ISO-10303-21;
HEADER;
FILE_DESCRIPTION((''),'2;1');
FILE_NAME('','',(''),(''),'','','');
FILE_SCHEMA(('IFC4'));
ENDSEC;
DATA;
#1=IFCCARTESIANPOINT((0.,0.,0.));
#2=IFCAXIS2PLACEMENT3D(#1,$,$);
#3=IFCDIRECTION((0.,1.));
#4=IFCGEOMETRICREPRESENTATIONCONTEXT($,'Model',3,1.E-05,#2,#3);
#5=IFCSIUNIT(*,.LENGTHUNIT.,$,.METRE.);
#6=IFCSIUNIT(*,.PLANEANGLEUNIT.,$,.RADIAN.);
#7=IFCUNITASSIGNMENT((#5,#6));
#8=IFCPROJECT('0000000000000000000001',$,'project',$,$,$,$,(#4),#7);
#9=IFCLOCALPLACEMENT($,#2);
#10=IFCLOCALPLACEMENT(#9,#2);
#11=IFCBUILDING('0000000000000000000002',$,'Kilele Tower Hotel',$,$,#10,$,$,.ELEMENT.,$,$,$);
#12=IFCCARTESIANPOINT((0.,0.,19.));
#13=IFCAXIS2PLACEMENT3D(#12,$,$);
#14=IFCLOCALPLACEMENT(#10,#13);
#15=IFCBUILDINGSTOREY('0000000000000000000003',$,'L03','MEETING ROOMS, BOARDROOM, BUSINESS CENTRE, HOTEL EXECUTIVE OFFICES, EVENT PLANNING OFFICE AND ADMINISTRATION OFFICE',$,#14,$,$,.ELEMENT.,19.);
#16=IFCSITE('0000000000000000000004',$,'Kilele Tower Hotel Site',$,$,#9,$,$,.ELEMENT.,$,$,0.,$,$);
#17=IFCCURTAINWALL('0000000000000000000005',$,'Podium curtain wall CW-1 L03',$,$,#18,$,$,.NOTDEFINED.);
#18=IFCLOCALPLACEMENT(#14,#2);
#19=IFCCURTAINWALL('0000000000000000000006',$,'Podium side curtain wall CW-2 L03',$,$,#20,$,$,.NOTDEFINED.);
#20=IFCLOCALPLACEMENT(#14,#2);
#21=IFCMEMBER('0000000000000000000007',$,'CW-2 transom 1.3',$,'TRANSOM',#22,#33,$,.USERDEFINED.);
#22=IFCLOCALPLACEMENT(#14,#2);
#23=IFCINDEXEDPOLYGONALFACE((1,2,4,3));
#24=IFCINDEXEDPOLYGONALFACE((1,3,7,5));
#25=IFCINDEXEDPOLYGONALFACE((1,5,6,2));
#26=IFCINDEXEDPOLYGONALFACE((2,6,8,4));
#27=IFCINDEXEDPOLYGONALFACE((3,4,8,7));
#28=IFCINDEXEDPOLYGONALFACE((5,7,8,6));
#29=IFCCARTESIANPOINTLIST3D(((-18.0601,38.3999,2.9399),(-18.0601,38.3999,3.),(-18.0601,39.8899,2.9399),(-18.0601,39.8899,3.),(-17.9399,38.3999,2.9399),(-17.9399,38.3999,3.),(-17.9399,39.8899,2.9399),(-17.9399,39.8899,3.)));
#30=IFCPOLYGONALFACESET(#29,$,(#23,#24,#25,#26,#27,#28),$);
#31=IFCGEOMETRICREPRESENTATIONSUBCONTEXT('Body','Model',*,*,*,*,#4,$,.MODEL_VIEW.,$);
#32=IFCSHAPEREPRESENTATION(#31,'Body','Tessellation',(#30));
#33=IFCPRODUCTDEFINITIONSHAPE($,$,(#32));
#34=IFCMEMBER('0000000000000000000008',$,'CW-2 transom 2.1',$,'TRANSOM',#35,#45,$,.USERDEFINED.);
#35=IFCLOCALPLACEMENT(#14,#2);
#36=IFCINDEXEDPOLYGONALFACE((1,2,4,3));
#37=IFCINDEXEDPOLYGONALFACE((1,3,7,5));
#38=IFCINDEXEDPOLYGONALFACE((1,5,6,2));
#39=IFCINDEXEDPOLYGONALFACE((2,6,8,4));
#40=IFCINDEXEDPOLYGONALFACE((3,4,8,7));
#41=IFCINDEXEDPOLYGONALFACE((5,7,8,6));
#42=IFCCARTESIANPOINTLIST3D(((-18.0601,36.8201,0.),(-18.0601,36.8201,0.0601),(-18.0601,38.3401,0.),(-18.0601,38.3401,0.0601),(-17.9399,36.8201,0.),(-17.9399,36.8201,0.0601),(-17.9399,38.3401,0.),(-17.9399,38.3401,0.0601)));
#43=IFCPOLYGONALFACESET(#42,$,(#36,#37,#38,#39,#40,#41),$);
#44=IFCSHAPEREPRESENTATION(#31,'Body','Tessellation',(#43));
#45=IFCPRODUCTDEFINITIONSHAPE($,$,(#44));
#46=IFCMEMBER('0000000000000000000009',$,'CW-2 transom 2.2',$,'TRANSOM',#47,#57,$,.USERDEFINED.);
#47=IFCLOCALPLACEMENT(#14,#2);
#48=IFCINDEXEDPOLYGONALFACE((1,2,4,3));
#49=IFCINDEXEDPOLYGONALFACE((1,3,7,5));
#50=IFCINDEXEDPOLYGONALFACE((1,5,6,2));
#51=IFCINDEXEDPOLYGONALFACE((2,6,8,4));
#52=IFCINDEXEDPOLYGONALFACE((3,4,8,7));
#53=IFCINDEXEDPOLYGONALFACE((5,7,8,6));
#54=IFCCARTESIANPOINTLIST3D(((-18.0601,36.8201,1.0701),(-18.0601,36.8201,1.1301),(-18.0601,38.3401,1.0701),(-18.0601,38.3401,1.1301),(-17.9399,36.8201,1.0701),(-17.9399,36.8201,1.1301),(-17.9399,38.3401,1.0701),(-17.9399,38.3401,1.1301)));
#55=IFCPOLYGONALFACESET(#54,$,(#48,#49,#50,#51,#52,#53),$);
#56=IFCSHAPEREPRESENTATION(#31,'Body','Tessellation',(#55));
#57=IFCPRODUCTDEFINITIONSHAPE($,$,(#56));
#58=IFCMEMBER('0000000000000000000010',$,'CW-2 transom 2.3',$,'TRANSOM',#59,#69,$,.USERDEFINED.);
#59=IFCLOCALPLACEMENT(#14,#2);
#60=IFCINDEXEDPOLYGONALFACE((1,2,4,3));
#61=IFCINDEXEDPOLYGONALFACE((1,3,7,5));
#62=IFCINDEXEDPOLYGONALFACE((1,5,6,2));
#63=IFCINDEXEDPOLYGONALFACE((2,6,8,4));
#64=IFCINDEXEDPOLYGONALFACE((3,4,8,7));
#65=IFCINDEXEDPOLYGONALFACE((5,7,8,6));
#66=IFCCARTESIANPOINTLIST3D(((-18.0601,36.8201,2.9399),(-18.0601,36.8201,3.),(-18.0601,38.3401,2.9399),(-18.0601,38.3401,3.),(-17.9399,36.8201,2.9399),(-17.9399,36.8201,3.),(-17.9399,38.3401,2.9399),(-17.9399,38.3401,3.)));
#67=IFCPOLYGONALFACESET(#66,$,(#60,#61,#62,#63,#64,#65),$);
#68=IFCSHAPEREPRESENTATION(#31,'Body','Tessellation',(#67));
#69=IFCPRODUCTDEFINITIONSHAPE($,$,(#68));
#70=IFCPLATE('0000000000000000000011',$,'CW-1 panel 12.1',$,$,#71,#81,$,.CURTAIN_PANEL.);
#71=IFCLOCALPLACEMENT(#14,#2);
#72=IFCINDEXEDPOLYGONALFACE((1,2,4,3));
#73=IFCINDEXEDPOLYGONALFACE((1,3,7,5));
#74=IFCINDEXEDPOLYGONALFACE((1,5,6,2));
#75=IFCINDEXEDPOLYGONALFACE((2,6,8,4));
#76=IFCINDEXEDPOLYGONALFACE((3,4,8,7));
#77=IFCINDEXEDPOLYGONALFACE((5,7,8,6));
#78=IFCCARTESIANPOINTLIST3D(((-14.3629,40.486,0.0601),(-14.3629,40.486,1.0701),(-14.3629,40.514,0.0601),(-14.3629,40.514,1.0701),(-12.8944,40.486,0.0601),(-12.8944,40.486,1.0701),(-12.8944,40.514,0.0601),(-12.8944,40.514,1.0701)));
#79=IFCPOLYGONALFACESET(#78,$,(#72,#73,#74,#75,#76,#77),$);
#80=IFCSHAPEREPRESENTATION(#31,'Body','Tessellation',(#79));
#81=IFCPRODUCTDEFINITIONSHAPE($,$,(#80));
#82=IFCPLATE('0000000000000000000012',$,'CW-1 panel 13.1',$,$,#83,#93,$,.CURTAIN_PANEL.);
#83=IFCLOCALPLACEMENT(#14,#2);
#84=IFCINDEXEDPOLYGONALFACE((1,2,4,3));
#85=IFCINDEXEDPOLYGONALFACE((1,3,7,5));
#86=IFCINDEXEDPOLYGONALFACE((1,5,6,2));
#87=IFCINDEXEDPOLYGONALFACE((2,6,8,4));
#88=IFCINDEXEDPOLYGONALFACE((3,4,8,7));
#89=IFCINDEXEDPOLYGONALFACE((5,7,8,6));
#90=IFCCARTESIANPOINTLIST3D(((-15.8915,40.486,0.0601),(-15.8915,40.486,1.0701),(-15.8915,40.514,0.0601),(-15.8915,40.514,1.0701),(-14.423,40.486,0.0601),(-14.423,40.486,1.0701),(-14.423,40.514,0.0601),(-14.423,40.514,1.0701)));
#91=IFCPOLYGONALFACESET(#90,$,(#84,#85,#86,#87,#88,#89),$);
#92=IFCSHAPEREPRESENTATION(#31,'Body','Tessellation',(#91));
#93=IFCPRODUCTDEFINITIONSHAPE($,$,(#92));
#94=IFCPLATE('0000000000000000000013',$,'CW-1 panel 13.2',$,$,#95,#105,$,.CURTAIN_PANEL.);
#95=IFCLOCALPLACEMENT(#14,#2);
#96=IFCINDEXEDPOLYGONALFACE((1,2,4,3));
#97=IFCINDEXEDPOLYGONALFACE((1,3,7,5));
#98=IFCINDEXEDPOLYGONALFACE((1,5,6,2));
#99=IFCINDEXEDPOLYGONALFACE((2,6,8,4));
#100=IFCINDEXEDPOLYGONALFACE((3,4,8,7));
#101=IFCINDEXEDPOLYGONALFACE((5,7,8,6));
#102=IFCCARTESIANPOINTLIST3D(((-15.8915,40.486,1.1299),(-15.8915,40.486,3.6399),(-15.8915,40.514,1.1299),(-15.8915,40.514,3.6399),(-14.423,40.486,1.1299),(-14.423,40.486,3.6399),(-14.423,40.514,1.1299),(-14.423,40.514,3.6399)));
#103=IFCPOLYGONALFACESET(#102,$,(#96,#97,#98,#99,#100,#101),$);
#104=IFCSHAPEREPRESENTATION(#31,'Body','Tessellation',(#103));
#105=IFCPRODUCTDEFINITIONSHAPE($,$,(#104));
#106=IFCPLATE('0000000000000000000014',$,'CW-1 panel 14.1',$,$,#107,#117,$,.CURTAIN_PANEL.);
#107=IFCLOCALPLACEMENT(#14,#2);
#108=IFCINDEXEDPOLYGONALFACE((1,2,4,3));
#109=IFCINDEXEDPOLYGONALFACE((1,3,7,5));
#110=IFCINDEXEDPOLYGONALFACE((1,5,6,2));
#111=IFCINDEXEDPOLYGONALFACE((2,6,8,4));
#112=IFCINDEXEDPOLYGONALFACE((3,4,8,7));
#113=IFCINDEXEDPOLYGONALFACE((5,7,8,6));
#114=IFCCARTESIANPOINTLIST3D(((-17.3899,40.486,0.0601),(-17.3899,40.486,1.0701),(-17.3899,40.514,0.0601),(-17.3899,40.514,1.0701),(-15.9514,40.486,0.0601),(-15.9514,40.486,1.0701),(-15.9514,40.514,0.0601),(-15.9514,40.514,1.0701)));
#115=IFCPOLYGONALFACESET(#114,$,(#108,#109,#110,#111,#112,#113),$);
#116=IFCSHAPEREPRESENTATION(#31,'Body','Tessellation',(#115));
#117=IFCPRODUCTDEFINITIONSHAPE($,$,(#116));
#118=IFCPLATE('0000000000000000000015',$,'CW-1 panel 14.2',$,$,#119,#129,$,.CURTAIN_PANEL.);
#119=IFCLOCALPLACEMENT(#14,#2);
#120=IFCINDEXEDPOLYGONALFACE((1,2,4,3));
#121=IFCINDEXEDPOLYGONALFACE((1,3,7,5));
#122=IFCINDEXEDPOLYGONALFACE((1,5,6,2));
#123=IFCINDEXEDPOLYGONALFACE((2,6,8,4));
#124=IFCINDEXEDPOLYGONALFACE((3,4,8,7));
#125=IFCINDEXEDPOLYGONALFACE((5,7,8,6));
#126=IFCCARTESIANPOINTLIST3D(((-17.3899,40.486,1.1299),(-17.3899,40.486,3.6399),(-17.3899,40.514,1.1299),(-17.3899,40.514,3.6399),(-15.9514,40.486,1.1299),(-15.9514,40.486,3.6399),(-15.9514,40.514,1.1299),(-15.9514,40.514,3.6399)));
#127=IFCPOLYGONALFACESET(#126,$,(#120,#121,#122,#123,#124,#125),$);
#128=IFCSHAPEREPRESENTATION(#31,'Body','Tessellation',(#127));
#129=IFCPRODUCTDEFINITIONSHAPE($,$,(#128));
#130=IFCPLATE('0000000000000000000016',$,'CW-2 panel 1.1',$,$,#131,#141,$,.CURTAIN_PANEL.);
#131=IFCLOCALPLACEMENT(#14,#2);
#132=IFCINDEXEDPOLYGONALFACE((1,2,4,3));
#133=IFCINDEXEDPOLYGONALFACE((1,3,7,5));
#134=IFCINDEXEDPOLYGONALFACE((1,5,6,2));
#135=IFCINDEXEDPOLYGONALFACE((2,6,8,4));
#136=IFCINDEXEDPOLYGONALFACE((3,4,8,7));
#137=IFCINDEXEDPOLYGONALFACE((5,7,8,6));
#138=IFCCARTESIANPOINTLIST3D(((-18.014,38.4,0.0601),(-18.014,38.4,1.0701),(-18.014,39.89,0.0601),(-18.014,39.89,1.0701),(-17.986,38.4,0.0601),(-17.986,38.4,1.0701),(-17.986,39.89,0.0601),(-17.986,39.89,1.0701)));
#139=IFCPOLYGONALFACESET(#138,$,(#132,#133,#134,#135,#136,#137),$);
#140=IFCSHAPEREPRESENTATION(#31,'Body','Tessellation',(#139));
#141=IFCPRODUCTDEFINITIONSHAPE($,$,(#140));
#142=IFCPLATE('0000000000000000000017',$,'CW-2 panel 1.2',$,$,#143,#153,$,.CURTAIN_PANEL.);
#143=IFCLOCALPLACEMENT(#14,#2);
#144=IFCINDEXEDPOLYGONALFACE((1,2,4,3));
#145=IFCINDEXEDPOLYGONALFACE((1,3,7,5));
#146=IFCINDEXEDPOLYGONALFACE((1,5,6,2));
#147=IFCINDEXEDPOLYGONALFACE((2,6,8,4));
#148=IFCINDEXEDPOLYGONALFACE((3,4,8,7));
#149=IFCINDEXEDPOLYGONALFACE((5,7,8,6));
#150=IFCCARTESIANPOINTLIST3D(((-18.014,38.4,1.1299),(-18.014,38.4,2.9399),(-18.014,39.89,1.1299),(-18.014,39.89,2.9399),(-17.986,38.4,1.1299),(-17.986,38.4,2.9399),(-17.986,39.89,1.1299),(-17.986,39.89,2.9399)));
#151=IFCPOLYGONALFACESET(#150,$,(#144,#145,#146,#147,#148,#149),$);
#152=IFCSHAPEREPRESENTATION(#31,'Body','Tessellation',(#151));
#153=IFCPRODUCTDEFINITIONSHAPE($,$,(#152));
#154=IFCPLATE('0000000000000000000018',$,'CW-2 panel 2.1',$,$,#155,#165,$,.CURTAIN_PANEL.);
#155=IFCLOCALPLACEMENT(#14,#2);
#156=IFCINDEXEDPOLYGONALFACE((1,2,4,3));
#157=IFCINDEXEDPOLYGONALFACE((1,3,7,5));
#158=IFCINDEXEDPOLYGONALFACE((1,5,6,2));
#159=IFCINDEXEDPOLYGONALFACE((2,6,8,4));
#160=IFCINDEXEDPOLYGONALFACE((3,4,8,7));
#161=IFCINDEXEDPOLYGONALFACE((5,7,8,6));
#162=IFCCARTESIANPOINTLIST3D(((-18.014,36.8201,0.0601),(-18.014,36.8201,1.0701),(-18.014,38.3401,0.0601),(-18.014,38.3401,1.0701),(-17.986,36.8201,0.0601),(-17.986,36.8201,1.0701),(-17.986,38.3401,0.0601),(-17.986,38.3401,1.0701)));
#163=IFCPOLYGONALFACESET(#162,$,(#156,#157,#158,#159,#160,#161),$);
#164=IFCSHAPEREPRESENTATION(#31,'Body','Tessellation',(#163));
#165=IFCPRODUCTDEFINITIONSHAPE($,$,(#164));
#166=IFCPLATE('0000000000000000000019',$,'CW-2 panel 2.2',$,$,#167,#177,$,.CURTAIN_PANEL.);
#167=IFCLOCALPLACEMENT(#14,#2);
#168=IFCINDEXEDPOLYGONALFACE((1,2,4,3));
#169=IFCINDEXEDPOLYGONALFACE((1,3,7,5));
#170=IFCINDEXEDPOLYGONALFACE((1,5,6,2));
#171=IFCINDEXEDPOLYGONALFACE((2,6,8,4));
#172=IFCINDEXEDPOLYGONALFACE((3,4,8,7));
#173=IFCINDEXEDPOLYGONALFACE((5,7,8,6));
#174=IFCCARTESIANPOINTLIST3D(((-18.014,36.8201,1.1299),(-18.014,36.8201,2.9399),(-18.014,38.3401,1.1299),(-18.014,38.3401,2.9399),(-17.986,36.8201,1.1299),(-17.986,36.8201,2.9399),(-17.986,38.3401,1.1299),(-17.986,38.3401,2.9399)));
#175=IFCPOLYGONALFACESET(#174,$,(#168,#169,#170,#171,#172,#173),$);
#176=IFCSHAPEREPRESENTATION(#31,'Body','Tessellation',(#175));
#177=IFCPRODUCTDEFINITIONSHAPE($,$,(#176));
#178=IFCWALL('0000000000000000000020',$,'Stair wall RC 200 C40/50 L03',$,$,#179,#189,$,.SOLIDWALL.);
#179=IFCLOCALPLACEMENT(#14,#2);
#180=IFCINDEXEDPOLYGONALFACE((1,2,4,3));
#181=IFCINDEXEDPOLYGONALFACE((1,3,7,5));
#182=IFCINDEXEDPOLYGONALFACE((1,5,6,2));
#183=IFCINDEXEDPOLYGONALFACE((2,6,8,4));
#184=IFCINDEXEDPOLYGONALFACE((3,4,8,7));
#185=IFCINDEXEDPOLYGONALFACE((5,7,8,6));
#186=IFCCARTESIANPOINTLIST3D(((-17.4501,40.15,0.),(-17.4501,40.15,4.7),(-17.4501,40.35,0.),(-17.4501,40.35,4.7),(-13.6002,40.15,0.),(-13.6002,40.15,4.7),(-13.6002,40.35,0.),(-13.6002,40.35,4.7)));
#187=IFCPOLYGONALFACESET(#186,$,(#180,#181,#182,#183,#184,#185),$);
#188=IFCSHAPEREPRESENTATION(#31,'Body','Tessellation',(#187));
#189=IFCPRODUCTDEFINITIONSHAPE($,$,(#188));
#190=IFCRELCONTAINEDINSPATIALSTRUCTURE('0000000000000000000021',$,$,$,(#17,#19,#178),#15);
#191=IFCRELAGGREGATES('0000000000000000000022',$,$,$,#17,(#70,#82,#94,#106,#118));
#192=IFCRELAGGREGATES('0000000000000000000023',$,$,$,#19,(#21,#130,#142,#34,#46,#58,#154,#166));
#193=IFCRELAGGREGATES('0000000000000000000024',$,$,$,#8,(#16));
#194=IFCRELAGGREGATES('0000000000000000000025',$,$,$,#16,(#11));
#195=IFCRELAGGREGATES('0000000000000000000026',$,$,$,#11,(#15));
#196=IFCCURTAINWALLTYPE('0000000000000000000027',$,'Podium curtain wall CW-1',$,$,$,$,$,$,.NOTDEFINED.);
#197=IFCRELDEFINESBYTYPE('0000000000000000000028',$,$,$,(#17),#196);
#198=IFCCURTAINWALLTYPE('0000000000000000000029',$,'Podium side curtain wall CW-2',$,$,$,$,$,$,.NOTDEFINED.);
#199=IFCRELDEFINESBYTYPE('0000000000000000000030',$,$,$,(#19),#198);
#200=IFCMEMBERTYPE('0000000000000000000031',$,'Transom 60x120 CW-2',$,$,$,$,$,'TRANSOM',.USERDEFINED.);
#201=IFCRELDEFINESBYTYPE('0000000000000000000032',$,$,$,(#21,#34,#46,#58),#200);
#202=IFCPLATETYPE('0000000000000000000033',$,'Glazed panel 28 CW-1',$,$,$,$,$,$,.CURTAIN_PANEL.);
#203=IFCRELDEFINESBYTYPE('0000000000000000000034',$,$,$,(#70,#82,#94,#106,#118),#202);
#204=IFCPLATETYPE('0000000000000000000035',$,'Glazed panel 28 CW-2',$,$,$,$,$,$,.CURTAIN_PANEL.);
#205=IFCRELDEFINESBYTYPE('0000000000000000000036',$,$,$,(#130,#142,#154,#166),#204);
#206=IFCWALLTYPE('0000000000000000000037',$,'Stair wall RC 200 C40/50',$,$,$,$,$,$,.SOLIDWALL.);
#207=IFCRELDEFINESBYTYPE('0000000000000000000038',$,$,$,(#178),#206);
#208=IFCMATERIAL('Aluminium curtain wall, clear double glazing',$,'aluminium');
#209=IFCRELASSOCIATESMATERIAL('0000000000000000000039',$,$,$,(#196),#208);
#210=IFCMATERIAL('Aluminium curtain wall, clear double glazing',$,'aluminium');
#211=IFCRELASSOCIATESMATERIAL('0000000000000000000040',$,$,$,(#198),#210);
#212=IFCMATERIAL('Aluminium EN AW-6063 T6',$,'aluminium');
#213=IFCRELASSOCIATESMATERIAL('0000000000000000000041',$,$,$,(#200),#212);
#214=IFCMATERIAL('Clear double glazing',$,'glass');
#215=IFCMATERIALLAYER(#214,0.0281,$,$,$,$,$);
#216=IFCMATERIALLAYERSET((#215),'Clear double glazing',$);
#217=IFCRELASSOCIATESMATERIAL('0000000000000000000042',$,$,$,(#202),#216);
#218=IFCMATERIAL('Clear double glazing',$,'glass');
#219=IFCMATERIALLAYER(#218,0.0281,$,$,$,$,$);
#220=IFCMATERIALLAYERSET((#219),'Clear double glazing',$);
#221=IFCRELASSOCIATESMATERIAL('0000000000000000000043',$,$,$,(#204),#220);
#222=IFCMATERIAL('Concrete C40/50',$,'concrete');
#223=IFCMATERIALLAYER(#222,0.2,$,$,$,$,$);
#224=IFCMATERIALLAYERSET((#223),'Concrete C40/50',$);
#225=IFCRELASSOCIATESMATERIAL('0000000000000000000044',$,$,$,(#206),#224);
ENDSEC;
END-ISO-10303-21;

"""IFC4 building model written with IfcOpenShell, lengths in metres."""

from ifc_helpers import new_model, si_unit, direction, frame, frame_2d, origin, origin_2d, place, context, subcontext, project, spatial, rectangle, extrude, material, layer, layer_set, material_profile, profile_set, type_object, element, aggregate, save


model = new_model("IFC4")

# Units and contexts
model_context = context("Model", 3, precision=1e-05, world=origin(), true_north=direction((0.0, 1.0)))
body_context = subcontext(model_context, "Body", "Model", "MODEL_VIEW")
ifc_project = project(units=[si_unit("LENGTHUNIT", "METRE"), si_unit("PLANEANGLEUNIT", "RADIAN")], contexts=[model_context])

# Site, building, storey
site_placement = place(None, origin())
site = spatial("IfcSite", under=ifc_project, at=site_placement, Name="Kilele Tower Hotel Site", CompositionType="ELEMENT", RefElevation=0.0)
building_placement = place(site_placement, origin())
building = spatial("IfcBuilding", under=site, at=building_placement, Name="Kilele Tower Hotel", CompositionType="ELEMENT")
storey_placement = place(building_placement, frame((0.0, 0.0, 19.0)))
storey = spatial("IfcBuildingStorey", under=building, at=storey_placement, Name="L03", Description="MEETING ROOMS, BOARDROOM, BUSINESS CENTRE, HOTEL EXECUTIVE OFFICES, EVENT PLANNING OFFICE AND ADMINISTRATION OFFICE", CompositionType="ELEMENT", Elevation=19.0)

# Curtain walls
ifc_material_1 = material(Name="Aluminium curtain wall, clear double glazing", Category="aluminium")
curtain_wall_type_1 = type_object("IfcCurtainWallType", Name="Podium curtain wall CW-1", PredefinedType="NOTDEFINED", material=ifc_material_1)
curtain_wall_1_placement = place(storey_placement, origin())
curtain_wall_1 = element("IfcCurtainWall", 1, at=curtain_wall_1_placement, inside=storey, type_object=curtain_wall_type_1, Name="Podium curtain wall CW-1 L03", PredefinedType="NOTDEFINED")
ifc_material_2 = material(Name="Aluminium curtain wall, clear double glazing", Category="aluminium")
curtain_wall_type_2 = type_object("IfcCurtainWallType", Name="Podium side curtain wall CW-2", PredefinedType="NOTDEFINED", material=ifc_material_2)
curtain_wall_2_placement = place(storey_placement, origin())
curtain_wall_2 = element("IfcCurtainWall", 2, at=curtain_wall_2_placement, inside=storey, type_object=curtain_wall_type_2, Name="Podium side curtain wall CW-2 L03", PredefinedType="NOTDEFINED")

# Members
ifc_material_3 = material(Name="Aluminium EN AW-6063 T6", Category="aluminium")
ifc_material_profile_1 = material_profile(ifc_material_3, rectangle(XDim=0.1201, YDim=0.0601, at=origin_2d()))
ifc_profile_set_1 = profile_set([ifc_material_profile_1], Name="Aluminium EN AW-6063 T6")
member_type_1 = type_object("IfcMemberType", Name="Transom 60x120 CW-2", ElementType="TRANSOM", PredefinedType="USERDEFINED", material=ifc_profile_set_1)
member_1_placement = place(storey_placement, frame((-18.0, 39.8899, 2.97), z_axis=(0.0, -1.0, 0.0), x_axis=(1.0, 0.0, 0.0)))
member_1 = element("IfcMember", 3, at=member_1_placement, type_object=member_type_1, Name="CW-2 transom 1.3", ObjectType="TRANSOM", PredefinedType="USERDEFINED", context=body_context, shape_type="SweptSolid", body=[
    extrude(rectangle(XDim=0.1201, YDim=0.0601, at=origin_2d()), origin(), (0.0, 0.0, 1.0), 1.49),
])
member_2_placement = place(storey_placement, frame((-18.0, 38.3401, 0.03), z_axis=(0.0, -1.0, 0.0), x_axis=(1.0, 0.0, 0.0)))
member_2 = element("IfcMember", 4, at=member_2_placement, type_object=member_type_1, Name="CW-2 transom 2.1", ObjectType="TRANSOM", PredefinedType="USERDEFINED", context=body_context, shape_type="SweptSolid", body=[
    extrude(rectangle(XDim=0.1201, YDim=0.0601, at=origin_2d()), origin(), (0.0, 0.0, 1.0), 1.52),
])
member_3_placement = place(storey_placement, frame((-18.0, 38.3401, 1.1001), z_axis=(0.0, -1.0, 0.0), x_axis=(1.0, 0.0, 0.0)))
member_3 = element("IfcMember", 5, at=member_3_placement, type_object=member_type_1, Name="CW-2 transom 2.2", ObjectType="TRANSOM", PredefinedType="USERDEFINED", context=body_context, shape_type="SweptSolid", body=[
    extrude(rectangle(XDim=0.1201, YDim=0.0601, at=origin_2d()), origin(), (0.0, 0.0, 1.0), 1.52),
])
member_4_placement = place(storey_placement, frame((-18.0, 38.3401, 2.97), z_axis=(0.0, -1.0, 0.0), x_axis=(1.0, 0.0, 0.0)))
member_4 = element("IfcMember", 6, at=member_4_placement, type_object=member_type_1, Name="CW-2 transom 2.3", ObjectType="TRANSOM", PredefinedType="USERDEFINED", context=body_context, shape_type="SweptSolid", body=[
    extrude(rectangle(XDim=0.1201, YDim=0.0601, at=origin_2d()), origin(), (0.0, 0.0, 1.0), 1.52),
])

# Plates
ifc_material_4 = material(Name="Clear double glazing", Category="glass")
ifc_layer_1 = layer(ifc_material_4, 0.0281)
ifc_layer_set_1 = layer_set([ifc_layer_1], Name="Clear double glazing")
plate_type_1 = type_object("IfcPlateType", Name="Glazed panel 28 CW-1", PredefinedType="CURTAIN_PANEL", material=ifc_layer_set_1)
plate_1_placement = place(storey_placement, frame((-13.6287, 40.5, 0.0601), z_axis=(0.0, 0.0, 1.0), x_axis=(-1.0, 0.0, 0.0)))
plate_1 = element("IfcPlate", 7, at=plate_1_placement, type_object=plate_type_1, Name="CW-1 panel 12.1", PredefinedType="CURTAIN_PANEL", context=body_context, shape_type="SweptSolid", body=[
    extrude(rectangle(XDim=1.4685, YDim=0.0281, at=origin_2d()), origin(), (0.0, 0.0, 1.0), 1.01),
])
plate_2_placement = place(storey_placement, frame((-15.1572, 40.5, 0.0601), z_axis=(0.0, 0.0, 1.0), x_axis=(-1.0, 0.0, 0.0)))
plate_2 = element("IfcPlate", 8, at=plate_2_placement, type_object=plate_type_1, Name="CW-1 panel 13.1", PredefinedType="CURTAIN_PANEL", context=body_context, shape_type="SweptSolid", body=[
    extrude(rectangle(XDim=1.4685, YDim=0.0281, at=origin_2d()), origin(), (0.0, 0.0, 1.0), 1.01),
])
plate_3_placement = place(storey_placement, frame((-15.1572, 40.5, 1.1299), z_axis=(0.0, 0.0, 1.0), x_axis=(-1.0, 0.0, 0.0)))
plate_3 = element("IfcPlate", 9, at=plate_3_placement, type_object=plate_type_1, Name="CW-1 panel 13.2", PredefinedType="CURTAIN_PANEL", context=body_context, shape_type="SweptSolid", body=[
    extrude(rectangle(XDim=1.4685, YDim=0.0281, at=origin_2d()), origin(), (0.0, 0.0, 1.0), 2.51),
])
plate_4_placement = place(storey_placement, frame((-16.6707, 40.5, 0.0601), z_axis=(0.0, 0.0, 1.0), x_axis=(-1.0, 0.0, 0.0)))
plate_4 = element("IfcPlate", 10, at=plate_4_placement, type_object=plate_type_1, Name="CW-1 panel 14.1", PredefinedType="CURTAIN_PANEL", context=body_context, shape_type="SweptSolid", body=[
    extrude(rectangle(XDim=1.4385, YDim=0.0281, at=origin_2d()), origin(), (0.0, 0.0, 1.0), 1.01),
])
plate_5_placement = place(storey_placement, frame((-16.6707, 40.5, 1.1299), z_axis=(0.0, 0.0, 1.0), x_axis=(-1.0, 0.0, 0.0)))
plate_5 = element("IfcPlate", 11, at=plate_5_placement, type_object=plate_type_1, Name="CW-1 panel 14.2", PredefinedType="CURTAIN_PANEL", context=body_context, shape_type="SweptSolid", body=[
    extrude(rectangle(XDim=1.4385, YDim=0.0281, at=origin_2d()), origin(), (0.0, 0.0, 1.0), 2.51),
])
aggregate(curtain_wall_1, [plate_1, plate_2, plate_3, plate_4, plate_5])
ifc_material_5 = material(Name="Clear double glazing", Category="glass")
ifc_layer_2 = layer(ifc_material_5, 0.0281)
ifc_layer_set_2 = layer_set([ifc_layer_2], Name="Clear double glazing")
plate_type_2 = type_object("IfcPlateType", Name="Glazed panel 28 CW-2", PredefinedType="CURTAIN_PANEL", material=ifc_layer_set_2)
plate_6_placement = place(storey_placement, frame((-18.0, 39.145, 0.0601), z_axis=(0.0, 0.0, 1.0), x_axis=(0.0, -1.0, 0.0)))
plate_6 = element("IfcPlate", 12, at=plate_6_placement, type_object=plate_type_2, Name="CW-2 panel 1.1", PredefinedType="CURTAIN_PANEL", context=body_context, shape_type="SweptSolid", body=[
    extrude(rectangle(XDim=1.49, YDim=0.0281, at=origin_2d()), origin(), (0.0, 0.0, 1.0), 1.01),
])
plate_7_placement = place(storey_placement, frame((-18.0, 39.145, 1.1299), z_axis=(0.0, 0.0, 1.0), x_axis=(0.0, -1.0, 0.0)))
plate_7 = element("IfcPlate", 13, at=plate_7_placement, type_object=plate_type_2, Name="CW-2 panel 1.2", PredefinedType="CURTAIN_PANEL", context=body_context, shape_type="SweptSolid", body=[
    extrude(rectangle(XDim=1.49, YDim=0.0281, at=origin_2d()), origin(), (0.0, 0.0, 1.0), 1.8101),
])
plate_8_placement = place(storey_placement, frame((-18.0, 37.5801, 0.0601), z_axis=(0.0, 0.0, 1.0), x_axis=(0.0, -1.0, 0.0)))
plate_8 = element("IfcPlate", 14, at=plate_8_placement, type_object=plate_type_2, Name="CW-2 panel 2.1", PredefinedType="CURTAIN_PANEL", context=body_context, shape_type="SweptSolid", body=[
    extrude(rectangle(XDim=1.52, YDim=0.0281, at=origin_2d()), origin(), (0.0, 0.0, 1.0), 1.01),
])
plate_9_placement = place(storey_placement, frame((-18.0, 37.5801, 1.1299), z_axis=(0.0, 0.0, 1.0), x_axis=(0.0, -1.0, 0.0)))
plate_9 = element("IfcPlate", 15, at=plate_9_placement, type_object=plate_type_2, Name="CW-2 panel 2.2", PredefinedType="CURTAIN_PANEL", context=body_context, shape_type="SweptSolid", body=[
    extrude(rectangle(XDim=1.52, YDim=0.0281, at=origin_2d()), origin(), (0.0, 0.0, 1.0), 1.8101),
])
aggregate(curtain_wall_2, [member_1, plate_6, plate_7, member_2, member_3, member_4, plate_8, plate_9])

# Wall
ifc_material_6 = material(Name="Concrete C40/50", Category="concrete")
ifc_layer_3 = layer(ifc_material_6, 0.2)
ifc_layer_set_3 = layer_set([ifc_layer_3], Name="Concrete C40/50")
wall_type = type_object("IfcWallType", Name="Stair wall RC 200 C40/50", PredefinedType="SOLIDWALL", material=ifc_layer_set_3)
wall_placement = place(storey_placement, frame((-17.45, 40.25, 0.0), z_axis=(0.0, 0.0, 1.0), x_axis=(1.0, 0.0, 0.0)))
element("IfcWall", 16, at=wall_placement, inside=storey, type_object=wall_type, Name="Stair wall RC 200 C40/50 L03", PredefinedType="SOLIDWALL", context=body_context, shape_type="SweptSolid", body=[
    extrude(rectangle(XDim=3.8499, YDim=0.2, at=frame_2d((1.9248, 0.0))), origin(), (0.0, 0.0, 1.0), 4.7),
])

save(model, "model.ifc")
